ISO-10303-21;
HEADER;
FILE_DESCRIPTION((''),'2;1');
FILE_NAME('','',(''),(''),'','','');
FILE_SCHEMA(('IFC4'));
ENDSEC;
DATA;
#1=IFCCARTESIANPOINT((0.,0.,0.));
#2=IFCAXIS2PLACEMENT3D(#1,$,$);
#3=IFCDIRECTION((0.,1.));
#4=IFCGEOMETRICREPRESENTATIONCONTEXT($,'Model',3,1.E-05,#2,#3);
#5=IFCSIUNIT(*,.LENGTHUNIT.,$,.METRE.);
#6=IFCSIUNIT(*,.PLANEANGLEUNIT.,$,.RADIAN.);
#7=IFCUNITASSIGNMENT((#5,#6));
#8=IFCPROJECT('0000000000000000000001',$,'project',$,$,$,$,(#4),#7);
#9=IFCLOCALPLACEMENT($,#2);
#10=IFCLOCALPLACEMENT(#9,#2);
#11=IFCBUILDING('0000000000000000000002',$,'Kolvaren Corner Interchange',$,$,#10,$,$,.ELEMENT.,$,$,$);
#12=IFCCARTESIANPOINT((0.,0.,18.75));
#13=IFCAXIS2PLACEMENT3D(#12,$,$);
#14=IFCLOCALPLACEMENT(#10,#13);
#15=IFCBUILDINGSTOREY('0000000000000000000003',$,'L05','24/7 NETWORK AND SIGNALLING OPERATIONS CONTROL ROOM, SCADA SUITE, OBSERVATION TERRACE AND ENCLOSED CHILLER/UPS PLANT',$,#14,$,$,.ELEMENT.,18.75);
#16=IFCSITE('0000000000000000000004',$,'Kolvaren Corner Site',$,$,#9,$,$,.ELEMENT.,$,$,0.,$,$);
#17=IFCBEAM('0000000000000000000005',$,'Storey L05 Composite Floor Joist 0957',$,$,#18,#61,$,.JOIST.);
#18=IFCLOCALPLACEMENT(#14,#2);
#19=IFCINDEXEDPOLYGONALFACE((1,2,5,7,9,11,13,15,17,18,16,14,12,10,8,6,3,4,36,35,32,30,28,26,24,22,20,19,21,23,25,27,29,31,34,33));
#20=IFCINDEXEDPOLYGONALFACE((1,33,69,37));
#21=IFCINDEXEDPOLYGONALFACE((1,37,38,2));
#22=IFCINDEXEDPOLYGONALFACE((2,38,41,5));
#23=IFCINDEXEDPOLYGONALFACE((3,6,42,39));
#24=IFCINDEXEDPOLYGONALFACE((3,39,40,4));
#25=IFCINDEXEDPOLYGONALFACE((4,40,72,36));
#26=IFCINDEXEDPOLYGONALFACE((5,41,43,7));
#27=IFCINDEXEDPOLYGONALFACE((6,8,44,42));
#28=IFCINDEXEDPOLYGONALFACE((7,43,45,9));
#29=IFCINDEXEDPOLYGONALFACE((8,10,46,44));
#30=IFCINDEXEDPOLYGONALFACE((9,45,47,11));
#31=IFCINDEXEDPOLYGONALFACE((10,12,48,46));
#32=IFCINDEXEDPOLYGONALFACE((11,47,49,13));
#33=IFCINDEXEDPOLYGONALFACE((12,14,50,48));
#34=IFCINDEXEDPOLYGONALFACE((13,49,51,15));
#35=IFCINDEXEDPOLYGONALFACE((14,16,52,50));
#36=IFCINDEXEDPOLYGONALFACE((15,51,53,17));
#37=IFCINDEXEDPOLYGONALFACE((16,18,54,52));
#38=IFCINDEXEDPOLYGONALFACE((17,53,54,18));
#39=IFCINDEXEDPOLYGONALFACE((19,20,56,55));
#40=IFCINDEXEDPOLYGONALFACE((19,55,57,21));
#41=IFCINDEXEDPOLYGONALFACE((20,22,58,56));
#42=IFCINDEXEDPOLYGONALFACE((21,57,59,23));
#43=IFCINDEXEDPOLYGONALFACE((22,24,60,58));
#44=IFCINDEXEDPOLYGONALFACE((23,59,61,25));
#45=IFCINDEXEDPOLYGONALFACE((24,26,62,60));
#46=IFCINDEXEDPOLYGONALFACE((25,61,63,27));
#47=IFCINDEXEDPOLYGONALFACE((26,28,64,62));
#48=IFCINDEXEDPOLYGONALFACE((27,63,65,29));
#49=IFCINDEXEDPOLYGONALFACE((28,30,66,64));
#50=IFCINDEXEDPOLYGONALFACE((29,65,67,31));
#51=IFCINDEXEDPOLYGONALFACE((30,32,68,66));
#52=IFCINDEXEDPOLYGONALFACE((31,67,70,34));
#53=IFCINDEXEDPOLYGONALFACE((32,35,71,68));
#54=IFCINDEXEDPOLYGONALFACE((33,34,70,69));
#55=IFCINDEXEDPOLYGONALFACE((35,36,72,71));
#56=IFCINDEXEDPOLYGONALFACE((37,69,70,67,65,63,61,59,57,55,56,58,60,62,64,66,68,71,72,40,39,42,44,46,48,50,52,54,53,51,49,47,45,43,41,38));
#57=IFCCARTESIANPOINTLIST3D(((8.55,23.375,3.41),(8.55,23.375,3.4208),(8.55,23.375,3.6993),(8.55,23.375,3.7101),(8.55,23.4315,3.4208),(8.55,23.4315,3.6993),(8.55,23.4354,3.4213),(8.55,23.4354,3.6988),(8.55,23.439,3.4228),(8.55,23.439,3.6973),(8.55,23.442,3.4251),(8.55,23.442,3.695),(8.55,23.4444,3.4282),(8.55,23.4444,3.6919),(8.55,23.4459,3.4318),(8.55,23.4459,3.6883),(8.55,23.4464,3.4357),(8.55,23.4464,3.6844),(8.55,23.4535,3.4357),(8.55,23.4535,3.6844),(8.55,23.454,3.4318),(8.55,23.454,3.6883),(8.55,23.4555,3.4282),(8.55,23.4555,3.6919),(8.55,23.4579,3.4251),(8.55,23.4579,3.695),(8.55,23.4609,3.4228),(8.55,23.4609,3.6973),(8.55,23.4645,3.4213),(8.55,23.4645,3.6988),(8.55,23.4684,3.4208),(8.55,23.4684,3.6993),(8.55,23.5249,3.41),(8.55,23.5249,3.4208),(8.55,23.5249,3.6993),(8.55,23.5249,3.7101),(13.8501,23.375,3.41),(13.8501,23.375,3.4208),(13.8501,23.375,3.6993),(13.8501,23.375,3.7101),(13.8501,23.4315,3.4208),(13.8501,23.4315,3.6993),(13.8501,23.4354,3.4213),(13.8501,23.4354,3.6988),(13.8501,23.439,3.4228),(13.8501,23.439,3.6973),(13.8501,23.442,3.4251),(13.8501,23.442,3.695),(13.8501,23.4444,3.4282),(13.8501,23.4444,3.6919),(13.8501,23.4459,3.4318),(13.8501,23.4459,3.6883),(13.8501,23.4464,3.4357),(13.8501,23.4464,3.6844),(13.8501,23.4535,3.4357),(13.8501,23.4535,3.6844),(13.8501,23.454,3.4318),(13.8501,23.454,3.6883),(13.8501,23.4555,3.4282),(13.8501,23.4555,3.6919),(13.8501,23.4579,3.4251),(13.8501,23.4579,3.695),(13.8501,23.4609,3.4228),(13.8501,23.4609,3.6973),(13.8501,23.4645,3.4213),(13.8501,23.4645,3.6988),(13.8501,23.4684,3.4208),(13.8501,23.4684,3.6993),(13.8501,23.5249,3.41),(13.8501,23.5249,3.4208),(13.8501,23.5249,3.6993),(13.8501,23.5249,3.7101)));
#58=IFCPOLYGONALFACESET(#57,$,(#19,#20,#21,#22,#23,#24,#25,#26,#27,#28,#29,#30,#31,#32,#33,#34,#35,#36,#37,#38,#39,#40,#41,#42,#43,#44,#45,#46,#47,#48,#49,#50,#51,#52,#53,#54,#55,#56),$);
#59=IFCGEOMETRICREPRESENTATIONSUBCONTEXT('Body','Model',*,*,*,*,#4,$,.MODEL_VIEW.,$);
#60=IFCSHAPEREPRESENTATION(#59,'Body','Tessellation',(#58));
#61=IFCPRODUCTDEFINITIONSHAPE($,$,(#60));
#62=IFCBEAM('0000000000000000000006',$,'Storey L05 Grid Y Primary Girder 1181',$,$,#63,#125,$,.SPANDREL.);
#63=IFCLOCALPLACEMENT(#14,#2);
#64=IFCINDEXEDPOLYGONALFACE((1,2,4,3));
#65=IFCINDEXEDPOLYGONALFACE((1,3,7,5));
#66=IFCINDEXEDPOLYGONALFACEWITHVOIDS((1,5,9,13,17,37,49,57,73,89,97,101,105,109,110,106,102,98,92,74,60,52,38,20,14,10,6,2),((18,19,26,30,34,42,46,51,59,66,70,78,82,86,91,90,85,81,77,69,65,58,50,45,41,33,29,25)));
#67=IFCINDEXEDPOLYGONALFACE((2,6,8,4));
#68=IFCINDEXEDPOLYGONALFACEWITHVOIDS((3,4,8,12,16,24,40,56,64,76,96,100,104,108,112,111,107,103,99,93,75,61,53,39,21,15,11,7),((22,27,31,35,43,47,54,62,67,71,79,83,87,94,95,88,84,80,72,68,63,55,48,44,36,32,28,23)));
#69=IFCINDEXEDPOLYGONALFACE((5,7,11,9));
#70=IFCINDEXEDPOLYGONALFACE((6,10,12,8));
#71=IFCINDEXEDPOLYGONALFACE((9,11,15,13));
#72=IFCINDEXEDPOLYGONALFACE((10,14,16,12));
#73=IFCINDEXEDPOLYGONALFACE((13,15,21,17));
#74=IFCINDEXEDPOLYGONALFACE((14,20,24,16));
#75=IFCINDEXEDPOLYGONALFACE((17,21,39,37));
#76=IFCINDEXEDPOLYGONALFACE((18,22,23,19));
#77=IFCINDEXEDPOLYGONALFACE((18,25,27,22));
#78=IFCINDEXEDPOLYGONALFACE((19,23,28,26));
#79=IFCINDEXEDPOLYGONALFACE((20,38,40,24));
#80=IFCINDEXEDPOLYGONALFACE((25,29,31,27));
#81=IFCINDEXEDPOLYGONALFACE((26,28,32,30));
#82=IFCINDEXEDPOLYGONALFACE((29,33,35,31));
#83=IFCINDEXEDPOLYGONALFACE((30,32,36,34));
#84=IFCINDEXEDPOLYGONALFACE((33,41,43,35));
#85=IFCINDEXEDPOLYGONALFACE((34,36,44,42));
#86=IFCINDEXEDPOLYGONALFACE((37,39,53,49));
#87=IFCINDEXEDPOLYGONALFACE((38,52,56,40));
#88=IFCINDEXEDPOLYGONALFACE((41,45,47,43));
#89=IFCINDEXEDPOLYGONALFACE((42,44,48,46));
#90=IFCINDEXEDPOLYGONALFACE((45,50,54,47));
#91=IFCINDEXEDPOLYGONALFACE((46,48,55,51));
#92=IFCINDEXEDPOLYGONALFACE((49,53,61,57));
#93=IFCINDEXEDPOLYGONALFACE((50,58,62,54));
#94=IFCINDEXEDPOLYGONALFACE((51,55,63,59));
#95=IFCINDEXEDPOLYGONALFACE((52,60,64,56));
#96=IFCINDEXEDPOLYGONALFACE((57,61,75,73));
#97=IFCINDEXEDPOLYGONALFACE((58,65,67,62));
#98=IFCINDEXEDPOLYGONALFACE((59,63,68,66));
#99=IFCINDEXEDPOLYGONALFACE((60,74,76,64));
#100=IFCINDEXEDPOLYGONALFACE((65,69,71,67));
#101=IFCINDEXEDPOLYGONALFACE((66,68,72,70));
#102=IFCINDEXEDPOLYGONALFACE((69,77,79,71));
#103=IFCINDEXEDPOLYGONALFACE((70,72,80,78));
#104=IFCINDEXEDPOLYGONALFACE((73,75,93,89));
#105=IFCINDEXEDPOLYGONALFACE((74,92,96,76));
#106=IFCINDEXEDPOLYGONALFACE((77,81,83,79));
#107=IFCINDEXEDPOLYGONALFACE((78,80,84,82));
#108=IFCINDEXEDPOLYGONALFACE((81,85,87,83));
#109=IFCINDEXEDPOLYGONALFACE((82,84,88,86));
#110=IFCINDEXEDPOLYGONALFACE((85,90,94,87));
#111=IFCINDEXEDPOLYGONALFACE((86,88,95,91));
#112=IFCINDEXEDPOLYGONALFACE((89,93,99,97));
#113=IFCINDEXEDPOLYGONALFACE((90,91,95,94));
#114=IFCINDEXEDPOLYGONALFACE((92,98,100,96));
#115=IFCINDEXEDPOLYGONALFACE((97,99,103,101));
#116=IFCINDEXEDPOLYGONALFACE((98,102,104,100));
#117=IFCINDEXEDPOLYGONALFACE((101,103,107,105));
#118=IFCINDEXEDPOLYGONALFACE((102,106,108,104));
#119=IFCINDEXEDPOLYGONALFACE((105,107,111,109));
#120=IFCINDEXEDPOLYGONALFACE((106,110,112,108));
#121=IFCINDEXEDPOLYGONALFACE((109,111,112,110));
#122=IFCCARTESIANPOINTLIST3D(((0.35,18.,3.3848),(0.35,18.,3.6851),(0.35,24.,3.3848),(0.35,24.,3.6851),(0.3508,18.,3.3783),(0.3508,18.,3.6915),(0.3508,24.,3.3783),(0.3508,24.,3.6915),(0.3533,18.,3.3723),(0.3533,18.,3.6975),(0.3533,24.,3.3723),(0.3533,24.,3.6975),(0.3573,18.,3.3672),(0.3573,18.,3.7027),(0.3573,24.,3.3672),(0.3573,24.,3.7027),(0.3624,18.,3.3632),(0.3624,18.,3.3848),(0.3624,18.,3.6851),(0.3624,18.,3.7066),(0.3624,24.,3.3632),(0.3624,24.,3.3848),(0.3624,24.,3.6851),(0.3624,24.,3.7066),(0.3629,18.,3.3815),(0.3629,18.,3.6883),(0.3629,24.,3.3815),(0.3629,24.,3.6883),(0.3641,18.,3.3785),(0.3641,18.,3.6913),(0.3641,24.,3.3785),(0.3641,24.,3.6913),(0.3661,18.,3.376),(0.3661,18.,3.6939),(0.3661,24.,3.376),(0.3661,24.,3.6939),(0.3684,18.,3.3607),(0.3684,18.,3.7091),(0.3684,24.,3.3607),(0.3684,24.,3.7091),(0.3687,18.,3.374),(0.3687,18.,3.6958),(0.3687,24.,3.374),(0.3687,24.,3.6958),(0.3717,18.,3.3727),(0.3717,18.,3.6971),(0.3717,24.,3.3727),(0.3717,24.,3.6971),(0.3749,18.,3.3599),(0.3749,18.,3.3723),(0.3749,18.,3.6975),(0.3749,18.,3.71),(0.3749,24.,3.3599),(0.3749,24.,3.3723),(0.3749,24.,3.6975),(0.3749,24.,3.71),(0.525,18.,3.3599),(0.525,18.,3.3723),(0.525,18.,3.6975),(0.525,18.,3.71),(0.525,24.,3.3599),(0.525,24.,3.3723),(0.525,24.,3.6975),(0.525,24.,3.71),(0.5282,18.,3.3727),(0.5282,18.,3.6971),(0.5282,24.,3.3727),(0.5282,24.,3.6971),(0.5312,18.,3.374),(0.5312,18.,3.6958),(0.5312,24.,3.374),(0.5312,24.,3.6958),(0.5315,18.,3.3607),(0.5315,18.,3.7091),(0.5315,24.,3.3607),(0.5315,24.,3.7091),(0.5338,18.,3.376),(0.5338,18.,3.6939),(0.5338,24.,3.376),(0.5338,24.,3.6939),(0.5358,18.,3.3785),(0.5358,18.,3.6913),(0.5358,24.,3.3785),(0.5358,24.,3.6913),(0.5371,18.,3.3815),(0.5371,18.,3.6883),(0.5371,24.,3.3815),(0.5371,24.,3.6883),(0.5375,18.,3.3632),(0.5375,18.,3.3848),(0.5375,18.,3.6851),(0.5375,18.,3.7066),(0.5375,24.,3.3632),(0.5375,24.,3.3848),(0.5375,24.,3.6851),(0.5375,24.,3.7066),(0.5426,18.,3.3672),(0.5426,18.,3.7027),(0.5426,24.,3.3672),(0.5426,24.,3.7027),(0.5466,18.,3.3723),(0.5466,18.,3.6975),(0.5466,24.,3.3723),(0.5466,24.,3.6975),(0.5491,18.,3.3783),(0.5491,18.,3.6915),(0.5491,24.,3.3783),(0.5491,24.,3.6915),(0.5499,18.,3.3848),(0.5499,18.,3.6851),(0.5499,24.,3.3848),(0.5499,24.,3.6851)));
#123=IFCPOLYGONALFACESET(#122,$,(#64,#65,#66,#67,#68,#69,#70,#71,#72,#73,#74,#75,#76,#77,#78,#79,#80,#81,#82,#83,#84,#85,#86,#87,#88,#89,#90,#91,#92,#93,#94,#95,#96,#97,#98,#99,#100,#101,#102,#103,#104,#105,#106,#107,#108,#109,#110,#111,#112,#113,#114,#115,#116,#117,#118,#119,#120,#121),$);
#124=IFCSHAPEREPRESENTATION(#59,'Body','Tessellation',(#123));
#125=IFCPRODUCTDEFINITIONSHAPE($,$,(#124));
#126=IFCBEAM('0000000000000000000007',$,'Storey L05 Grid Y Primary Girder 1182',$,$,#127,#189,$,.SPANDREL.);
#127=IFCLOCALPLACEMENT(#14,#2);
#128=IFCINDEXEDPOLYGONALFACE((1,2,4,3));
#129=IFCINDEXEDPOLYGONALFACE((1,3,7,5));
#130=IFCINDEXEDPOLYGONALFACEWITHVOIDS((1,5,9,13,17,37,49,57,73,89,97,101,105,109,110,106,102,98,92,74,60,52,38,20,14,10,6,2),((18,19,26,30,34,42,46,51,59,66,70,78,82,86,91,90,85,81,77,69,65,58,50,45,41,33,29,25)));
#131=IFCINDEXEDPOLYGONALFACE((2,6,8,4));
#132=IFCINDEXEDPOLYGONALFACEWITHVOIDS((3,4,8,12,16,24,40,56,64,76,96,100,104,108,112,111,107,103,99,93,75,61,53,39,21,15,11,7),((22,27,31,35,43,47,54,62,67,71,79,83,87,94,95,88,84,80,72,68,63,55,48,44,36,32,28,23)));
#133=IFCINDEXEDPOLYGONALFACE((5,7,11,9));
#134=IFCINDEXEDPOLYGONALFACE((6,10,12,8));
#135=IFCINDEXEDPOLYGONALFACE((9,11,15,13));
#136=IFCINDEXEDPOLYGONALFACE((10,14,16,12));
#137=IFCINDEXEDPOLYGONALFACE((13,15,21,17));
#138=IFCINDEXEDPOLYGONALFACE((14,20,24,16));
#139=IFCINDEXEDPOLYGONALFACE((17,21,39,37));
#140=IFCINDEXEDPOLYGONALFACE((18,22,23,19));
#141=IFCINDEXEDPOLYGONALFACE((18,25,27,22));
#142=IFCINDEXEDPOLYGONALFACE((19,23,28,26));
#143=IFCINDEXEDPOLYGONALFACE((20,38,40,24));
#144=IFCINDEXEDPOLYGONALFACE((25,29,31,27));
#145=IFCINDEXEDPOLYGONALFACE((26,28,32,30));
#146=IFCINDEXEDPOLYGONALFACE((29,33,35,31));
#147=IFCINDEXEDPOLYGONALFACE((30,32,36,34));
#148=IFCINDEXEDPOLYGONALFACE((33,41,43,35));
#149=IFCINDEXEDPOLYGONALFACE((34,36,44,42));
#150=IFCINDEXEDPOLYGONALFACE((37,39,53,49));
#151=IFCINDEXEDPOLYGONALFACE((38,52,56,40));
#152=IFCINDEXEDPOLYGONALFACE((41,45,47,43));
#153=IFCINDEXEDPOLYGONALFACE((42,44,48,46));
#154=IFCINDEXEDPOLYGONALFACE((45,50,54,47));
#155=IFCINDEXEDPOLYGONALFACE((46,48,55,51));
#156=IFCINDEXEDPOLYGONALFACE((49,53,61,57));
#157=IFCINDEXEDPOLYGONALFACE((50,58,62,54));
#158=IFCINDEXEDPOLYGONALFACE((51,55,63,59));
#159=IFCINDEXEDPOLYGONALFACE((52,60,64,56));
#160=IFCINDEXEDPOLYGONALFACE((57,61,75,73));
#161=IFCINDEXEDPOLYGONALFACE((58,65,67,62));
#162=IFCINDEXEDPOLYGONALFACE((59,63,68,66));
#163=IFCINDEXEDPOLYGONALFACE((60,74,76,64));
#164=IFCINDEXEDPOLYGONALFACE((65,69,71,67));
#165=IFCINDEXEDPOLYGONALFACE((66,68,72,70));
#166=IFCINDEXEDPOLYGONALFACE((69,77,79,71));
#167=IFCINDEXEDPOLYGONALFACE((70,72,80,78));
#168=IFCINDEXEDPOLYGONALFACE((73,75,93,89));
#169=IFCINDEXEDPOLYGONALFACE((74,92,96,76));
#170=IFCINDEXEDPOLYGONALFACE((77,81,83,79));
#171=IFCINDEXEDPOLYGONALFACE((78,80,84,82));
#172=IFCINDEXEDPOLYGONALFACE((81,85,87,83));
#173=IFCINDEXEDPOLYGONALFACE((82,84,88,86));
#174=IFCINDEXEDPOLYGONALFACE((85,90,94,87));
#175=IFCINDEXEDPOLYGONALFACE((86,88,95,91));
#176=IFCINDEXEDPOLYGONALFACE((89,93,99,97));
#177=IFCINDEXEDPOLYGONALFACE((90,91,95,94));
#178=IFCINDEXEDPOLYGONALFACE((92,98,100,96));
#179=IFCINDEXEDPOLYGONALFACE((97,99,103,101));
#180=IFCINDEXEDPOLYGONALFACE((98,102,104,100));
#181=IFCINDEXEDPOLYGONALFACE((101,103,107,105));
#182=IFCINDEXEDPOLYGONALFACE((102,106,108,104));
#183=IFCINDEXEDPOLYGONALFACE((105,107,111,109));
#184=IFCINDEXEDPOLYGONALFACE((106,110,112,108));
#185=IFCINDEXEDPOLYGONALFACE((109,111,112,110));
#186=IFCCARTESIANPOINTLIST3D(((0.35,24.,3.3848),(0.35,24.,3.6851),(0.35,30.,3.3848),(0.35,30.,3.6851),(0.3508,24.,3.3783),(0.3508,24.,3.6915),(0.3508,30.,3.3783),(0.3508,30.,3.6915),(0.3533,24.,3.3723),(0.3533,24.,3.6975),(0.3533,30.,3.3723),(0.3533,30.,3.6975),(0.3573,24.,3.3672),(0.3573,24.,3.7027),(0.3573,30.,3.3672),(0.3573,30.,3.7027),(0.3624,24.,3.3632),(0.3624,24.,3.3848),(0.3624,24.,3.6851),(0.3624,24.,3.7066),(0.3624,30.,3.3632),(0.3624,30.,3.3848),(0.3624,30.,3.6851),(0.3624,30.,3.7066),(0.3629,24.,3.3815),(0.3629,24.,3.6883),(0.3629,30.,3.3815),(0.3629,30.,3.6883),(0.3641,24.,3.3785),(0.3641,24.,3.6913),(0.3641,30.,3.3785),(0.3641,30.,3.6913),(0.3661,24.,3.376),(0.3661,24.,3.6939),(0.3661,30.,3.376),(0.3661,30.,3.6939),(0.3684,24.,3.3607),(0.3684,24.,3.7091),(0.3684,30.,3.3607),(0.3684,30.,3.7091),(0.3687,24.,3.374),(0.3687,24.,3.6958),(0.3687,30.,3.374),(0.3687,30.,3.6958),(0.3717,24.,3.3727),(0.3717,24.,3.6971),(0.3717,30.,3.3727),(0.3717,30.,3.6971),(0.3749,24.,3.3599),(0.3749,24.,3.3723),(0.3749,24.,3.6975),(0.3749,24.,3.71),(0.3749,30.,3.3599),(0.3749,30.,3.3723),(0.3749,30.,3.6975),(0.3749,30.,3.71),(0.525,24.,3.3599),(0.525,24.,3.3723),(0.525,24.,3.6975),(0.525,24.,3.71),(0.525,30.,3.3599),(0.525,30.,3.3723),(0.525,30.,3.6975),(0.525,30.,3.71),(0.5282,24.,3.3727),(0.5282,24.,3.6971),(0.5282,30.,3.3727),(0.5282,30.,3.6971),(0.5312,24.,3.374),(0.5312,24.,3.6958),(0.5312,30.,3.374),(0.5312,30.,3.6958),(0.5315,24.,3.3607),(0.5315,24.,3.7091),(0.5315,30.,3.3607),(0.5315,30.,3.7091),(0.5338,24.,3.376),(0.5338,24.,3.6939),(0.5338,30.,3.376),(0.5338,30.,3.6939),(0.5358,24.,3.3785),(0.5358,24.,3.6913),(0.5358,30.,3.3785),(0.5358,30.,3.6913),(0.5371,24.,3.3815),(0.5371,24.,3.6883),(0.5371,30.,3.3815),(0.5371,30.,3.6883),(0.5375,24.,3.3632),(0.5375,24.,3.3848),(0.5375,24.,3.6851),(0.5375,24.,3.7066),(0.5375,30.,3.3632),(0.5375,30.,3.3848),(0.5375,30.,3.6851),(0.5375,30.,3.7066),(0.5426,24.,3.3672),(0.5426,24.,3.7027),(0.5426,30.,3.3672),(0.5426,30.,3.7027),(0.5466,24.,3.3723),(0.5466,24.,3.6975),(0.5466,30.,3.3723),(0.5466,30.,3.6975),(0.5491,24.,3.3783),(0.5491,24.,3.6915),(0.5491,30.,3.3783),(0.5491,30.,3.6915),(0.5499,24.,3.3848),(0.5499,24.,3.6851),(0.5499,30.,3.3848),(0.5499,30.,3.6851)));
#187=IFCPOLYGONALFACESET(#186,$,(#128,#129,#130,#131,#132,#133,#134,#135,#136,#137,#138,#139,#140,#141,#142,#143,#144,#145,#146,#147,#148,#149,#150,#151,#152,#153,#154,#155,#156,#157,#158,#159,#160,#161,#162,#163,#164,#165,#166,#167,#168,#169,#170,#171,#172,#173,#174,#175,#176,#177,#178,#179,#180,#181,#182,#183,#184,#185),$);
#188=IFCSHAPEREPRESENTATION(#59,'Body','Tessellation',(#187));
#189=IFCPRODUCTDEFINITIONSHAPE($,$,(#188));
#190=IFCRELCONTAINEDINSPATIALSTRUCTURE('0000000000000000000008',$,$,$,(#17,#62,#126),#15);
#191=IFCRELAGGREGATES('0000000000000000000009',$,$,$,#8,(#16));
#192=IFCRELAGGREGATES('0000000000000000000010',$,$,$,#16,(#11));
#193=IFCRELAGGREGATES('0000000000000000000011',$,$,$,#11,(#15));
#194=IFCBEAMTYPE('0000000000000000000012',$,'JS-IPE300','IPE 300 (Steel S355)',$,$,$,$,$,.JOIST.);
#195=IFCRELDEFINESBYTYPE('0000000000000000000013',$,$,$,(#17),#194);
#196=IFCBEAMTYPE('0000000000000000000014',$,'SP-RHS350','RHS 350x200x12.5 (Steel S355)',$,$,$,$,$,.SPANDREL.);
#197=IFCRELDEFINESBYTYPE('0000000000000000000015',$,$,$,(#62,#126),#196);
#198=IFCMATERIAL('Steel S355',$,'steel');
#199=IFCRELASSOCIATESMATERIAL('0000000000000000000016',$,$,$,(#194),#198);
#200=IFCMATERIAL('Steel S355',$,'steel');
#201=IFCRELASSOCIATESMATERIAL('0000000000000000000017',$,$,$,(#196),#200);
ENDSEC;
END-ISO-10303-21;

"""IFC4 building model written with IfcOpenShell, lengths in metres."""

from ifc_helpers import new_model, si_unit, direction, frame, origin, origin_2d, place, context, subcontext, project, spatial, hollow_rectangle, i_section, extrude, material, material_profile, profile_set, type_object, element, save


model = new_model("IFC4")

# Units and contexts
model_context = context("Model", 3, precision=1e-05, world=origin(), true_north=direction((0.0, 1.0)))
body_context = subcontext(model_context, "Body", "Model", "MODEL_VIEW")
ifc_project = project(units=[si_unit("LENGTHUNIT", "METRE"), si_unit("PLANEANGLEUNIT", "RADIAN")], contexts=[model_context])

# Site, building, storey
site_placement = place(None, origin())
site = spatial("IfcSite", under=ifc_project, at=site_placement, Name="Kolvaren Corner Site", CompositionType="ELEMENT", RefElevation=0.0)
building_placement = place(site_placement, origin())
building = spatial("IfcBuilding", under=site, at=building_placement, Name="Kolvaren Corner Interchange", CompositionType="ELEMENT")
storey_placement = place(building_placement, frame((0.0, 0.0, 18.75)))
storey = spatial("IfcBuildingStorey", under=building, at=storey_placement, Name="L05", Description="24/7 NETWORK AND SIGNALLING OPERATIONS CONTROL ROOM, SCADA SUITE, OBSERVATION TERRACE AND ENCLOSED CHILLER/UPS PLANT", CompositionType="ELEMENT", Elevation=18.75)

# Beams
ifc_material_1 = material(Name="Steel S355", Category="steel")
ifc_material_profile_1 = material_profile(ifc_material_1, i_section(OverallWidth=0.1499, OverallDepth=0.3, WebThickness=0.0071, FlangeThickness=0.0107, FilletRadius=0.0149, at=origin_2d()), Name="IPE 300")
ifc_profile_set_1 = profile_set([ifc_material_profile_1], Name="Steel S355")
beam_type_1 = type_object("IfcBeamType", Name="JS-IPE300", Description="IPE 300 (Steel S355)", PredefinedType="JOIST", material=ifc_profile_set_1)
for number, where, z_axis, x_axis, name in (
    (1, (8.55, 23.45, 3.5601), (1.0, 0.0, 0.0), (0.0, 1.0, 0.0), "Storey L05 Composite Floor Joist 0957"),
):
    element("IfcBeam", number, at=place(storey_placement, frame(where, z_axis=z_axis, x_axis=x_axis)), inside=storey, type_object=beam_type_1, Name=name, PredefinedType="JOIST", context=body_context, shape_type="SweptSolid", body=[
        extrude(i_section(OverallWidth=0.1499, OverallDepth=0.3, WebThickness=0.0071, FlangeThickness=0.0107, FilletRadius=0.0149, at=origin_2d()), origin(), (0.0, 0.0, 1.0), 5.3),
    ])
ifc_material_2 = material(Name="Steel S355", Category="steel")
ifc_material_profile_2 = material_profile(ifc_material_2, hollow_rectangle(XDim=0.2, YDim=0.3501, WallThickness=0.0125, InnerFilletRadius=0.0125, OuterFilletRadius=0.0249, at=origin_2d()), Name="RHS 350x200x12.5")
ifc_profile_set_2 = profile_set([ifc_material_profile_2], Name="Steel S355")
beam_type_2 = type_object("IfcBeamType", Name="SP-RHS350", Description="RHS 350x200x12.5 (Steel S355)", PredefinedType="SPANDREL", material=ifc_profile_set_2)
for number, where, z_axis, x_axis, name in (
    (2, (0.45, 18.0, 3.5349), (0.0, 1.0, 0.0), (-1.0, 0.0, 0.0), "Storey L05 Grid Y Primary Girder 1181"),
    (3, (0.45, 24.0, 3.5349), (0.0, 1.0, 0.0), (-1.0, 0.0, 0.0), "Storey L05 Grid Y Primary Girder 1182"),
):
    element("IfcBeam", number, at=place(storey_placement, frame(where, z_axis=z_axis, x_axis=x_axis)), inside=storey, type_object=beam_type_2, Name=name, PredefinedType="SPANDREL", context=body_context, shape_type="SweptSolid", body=[
        extrude(hollow_rectangle(XDim=0.2, YDim=0.3501, WallThickness=0.0125, InnerFilletRadius=0.0125, OuterFilletRadius=0.0249, at=origin_2d()), origin(), (0.0, 0.0, 1.0), 6.0),
    ])

save(model, "model.ifc")
